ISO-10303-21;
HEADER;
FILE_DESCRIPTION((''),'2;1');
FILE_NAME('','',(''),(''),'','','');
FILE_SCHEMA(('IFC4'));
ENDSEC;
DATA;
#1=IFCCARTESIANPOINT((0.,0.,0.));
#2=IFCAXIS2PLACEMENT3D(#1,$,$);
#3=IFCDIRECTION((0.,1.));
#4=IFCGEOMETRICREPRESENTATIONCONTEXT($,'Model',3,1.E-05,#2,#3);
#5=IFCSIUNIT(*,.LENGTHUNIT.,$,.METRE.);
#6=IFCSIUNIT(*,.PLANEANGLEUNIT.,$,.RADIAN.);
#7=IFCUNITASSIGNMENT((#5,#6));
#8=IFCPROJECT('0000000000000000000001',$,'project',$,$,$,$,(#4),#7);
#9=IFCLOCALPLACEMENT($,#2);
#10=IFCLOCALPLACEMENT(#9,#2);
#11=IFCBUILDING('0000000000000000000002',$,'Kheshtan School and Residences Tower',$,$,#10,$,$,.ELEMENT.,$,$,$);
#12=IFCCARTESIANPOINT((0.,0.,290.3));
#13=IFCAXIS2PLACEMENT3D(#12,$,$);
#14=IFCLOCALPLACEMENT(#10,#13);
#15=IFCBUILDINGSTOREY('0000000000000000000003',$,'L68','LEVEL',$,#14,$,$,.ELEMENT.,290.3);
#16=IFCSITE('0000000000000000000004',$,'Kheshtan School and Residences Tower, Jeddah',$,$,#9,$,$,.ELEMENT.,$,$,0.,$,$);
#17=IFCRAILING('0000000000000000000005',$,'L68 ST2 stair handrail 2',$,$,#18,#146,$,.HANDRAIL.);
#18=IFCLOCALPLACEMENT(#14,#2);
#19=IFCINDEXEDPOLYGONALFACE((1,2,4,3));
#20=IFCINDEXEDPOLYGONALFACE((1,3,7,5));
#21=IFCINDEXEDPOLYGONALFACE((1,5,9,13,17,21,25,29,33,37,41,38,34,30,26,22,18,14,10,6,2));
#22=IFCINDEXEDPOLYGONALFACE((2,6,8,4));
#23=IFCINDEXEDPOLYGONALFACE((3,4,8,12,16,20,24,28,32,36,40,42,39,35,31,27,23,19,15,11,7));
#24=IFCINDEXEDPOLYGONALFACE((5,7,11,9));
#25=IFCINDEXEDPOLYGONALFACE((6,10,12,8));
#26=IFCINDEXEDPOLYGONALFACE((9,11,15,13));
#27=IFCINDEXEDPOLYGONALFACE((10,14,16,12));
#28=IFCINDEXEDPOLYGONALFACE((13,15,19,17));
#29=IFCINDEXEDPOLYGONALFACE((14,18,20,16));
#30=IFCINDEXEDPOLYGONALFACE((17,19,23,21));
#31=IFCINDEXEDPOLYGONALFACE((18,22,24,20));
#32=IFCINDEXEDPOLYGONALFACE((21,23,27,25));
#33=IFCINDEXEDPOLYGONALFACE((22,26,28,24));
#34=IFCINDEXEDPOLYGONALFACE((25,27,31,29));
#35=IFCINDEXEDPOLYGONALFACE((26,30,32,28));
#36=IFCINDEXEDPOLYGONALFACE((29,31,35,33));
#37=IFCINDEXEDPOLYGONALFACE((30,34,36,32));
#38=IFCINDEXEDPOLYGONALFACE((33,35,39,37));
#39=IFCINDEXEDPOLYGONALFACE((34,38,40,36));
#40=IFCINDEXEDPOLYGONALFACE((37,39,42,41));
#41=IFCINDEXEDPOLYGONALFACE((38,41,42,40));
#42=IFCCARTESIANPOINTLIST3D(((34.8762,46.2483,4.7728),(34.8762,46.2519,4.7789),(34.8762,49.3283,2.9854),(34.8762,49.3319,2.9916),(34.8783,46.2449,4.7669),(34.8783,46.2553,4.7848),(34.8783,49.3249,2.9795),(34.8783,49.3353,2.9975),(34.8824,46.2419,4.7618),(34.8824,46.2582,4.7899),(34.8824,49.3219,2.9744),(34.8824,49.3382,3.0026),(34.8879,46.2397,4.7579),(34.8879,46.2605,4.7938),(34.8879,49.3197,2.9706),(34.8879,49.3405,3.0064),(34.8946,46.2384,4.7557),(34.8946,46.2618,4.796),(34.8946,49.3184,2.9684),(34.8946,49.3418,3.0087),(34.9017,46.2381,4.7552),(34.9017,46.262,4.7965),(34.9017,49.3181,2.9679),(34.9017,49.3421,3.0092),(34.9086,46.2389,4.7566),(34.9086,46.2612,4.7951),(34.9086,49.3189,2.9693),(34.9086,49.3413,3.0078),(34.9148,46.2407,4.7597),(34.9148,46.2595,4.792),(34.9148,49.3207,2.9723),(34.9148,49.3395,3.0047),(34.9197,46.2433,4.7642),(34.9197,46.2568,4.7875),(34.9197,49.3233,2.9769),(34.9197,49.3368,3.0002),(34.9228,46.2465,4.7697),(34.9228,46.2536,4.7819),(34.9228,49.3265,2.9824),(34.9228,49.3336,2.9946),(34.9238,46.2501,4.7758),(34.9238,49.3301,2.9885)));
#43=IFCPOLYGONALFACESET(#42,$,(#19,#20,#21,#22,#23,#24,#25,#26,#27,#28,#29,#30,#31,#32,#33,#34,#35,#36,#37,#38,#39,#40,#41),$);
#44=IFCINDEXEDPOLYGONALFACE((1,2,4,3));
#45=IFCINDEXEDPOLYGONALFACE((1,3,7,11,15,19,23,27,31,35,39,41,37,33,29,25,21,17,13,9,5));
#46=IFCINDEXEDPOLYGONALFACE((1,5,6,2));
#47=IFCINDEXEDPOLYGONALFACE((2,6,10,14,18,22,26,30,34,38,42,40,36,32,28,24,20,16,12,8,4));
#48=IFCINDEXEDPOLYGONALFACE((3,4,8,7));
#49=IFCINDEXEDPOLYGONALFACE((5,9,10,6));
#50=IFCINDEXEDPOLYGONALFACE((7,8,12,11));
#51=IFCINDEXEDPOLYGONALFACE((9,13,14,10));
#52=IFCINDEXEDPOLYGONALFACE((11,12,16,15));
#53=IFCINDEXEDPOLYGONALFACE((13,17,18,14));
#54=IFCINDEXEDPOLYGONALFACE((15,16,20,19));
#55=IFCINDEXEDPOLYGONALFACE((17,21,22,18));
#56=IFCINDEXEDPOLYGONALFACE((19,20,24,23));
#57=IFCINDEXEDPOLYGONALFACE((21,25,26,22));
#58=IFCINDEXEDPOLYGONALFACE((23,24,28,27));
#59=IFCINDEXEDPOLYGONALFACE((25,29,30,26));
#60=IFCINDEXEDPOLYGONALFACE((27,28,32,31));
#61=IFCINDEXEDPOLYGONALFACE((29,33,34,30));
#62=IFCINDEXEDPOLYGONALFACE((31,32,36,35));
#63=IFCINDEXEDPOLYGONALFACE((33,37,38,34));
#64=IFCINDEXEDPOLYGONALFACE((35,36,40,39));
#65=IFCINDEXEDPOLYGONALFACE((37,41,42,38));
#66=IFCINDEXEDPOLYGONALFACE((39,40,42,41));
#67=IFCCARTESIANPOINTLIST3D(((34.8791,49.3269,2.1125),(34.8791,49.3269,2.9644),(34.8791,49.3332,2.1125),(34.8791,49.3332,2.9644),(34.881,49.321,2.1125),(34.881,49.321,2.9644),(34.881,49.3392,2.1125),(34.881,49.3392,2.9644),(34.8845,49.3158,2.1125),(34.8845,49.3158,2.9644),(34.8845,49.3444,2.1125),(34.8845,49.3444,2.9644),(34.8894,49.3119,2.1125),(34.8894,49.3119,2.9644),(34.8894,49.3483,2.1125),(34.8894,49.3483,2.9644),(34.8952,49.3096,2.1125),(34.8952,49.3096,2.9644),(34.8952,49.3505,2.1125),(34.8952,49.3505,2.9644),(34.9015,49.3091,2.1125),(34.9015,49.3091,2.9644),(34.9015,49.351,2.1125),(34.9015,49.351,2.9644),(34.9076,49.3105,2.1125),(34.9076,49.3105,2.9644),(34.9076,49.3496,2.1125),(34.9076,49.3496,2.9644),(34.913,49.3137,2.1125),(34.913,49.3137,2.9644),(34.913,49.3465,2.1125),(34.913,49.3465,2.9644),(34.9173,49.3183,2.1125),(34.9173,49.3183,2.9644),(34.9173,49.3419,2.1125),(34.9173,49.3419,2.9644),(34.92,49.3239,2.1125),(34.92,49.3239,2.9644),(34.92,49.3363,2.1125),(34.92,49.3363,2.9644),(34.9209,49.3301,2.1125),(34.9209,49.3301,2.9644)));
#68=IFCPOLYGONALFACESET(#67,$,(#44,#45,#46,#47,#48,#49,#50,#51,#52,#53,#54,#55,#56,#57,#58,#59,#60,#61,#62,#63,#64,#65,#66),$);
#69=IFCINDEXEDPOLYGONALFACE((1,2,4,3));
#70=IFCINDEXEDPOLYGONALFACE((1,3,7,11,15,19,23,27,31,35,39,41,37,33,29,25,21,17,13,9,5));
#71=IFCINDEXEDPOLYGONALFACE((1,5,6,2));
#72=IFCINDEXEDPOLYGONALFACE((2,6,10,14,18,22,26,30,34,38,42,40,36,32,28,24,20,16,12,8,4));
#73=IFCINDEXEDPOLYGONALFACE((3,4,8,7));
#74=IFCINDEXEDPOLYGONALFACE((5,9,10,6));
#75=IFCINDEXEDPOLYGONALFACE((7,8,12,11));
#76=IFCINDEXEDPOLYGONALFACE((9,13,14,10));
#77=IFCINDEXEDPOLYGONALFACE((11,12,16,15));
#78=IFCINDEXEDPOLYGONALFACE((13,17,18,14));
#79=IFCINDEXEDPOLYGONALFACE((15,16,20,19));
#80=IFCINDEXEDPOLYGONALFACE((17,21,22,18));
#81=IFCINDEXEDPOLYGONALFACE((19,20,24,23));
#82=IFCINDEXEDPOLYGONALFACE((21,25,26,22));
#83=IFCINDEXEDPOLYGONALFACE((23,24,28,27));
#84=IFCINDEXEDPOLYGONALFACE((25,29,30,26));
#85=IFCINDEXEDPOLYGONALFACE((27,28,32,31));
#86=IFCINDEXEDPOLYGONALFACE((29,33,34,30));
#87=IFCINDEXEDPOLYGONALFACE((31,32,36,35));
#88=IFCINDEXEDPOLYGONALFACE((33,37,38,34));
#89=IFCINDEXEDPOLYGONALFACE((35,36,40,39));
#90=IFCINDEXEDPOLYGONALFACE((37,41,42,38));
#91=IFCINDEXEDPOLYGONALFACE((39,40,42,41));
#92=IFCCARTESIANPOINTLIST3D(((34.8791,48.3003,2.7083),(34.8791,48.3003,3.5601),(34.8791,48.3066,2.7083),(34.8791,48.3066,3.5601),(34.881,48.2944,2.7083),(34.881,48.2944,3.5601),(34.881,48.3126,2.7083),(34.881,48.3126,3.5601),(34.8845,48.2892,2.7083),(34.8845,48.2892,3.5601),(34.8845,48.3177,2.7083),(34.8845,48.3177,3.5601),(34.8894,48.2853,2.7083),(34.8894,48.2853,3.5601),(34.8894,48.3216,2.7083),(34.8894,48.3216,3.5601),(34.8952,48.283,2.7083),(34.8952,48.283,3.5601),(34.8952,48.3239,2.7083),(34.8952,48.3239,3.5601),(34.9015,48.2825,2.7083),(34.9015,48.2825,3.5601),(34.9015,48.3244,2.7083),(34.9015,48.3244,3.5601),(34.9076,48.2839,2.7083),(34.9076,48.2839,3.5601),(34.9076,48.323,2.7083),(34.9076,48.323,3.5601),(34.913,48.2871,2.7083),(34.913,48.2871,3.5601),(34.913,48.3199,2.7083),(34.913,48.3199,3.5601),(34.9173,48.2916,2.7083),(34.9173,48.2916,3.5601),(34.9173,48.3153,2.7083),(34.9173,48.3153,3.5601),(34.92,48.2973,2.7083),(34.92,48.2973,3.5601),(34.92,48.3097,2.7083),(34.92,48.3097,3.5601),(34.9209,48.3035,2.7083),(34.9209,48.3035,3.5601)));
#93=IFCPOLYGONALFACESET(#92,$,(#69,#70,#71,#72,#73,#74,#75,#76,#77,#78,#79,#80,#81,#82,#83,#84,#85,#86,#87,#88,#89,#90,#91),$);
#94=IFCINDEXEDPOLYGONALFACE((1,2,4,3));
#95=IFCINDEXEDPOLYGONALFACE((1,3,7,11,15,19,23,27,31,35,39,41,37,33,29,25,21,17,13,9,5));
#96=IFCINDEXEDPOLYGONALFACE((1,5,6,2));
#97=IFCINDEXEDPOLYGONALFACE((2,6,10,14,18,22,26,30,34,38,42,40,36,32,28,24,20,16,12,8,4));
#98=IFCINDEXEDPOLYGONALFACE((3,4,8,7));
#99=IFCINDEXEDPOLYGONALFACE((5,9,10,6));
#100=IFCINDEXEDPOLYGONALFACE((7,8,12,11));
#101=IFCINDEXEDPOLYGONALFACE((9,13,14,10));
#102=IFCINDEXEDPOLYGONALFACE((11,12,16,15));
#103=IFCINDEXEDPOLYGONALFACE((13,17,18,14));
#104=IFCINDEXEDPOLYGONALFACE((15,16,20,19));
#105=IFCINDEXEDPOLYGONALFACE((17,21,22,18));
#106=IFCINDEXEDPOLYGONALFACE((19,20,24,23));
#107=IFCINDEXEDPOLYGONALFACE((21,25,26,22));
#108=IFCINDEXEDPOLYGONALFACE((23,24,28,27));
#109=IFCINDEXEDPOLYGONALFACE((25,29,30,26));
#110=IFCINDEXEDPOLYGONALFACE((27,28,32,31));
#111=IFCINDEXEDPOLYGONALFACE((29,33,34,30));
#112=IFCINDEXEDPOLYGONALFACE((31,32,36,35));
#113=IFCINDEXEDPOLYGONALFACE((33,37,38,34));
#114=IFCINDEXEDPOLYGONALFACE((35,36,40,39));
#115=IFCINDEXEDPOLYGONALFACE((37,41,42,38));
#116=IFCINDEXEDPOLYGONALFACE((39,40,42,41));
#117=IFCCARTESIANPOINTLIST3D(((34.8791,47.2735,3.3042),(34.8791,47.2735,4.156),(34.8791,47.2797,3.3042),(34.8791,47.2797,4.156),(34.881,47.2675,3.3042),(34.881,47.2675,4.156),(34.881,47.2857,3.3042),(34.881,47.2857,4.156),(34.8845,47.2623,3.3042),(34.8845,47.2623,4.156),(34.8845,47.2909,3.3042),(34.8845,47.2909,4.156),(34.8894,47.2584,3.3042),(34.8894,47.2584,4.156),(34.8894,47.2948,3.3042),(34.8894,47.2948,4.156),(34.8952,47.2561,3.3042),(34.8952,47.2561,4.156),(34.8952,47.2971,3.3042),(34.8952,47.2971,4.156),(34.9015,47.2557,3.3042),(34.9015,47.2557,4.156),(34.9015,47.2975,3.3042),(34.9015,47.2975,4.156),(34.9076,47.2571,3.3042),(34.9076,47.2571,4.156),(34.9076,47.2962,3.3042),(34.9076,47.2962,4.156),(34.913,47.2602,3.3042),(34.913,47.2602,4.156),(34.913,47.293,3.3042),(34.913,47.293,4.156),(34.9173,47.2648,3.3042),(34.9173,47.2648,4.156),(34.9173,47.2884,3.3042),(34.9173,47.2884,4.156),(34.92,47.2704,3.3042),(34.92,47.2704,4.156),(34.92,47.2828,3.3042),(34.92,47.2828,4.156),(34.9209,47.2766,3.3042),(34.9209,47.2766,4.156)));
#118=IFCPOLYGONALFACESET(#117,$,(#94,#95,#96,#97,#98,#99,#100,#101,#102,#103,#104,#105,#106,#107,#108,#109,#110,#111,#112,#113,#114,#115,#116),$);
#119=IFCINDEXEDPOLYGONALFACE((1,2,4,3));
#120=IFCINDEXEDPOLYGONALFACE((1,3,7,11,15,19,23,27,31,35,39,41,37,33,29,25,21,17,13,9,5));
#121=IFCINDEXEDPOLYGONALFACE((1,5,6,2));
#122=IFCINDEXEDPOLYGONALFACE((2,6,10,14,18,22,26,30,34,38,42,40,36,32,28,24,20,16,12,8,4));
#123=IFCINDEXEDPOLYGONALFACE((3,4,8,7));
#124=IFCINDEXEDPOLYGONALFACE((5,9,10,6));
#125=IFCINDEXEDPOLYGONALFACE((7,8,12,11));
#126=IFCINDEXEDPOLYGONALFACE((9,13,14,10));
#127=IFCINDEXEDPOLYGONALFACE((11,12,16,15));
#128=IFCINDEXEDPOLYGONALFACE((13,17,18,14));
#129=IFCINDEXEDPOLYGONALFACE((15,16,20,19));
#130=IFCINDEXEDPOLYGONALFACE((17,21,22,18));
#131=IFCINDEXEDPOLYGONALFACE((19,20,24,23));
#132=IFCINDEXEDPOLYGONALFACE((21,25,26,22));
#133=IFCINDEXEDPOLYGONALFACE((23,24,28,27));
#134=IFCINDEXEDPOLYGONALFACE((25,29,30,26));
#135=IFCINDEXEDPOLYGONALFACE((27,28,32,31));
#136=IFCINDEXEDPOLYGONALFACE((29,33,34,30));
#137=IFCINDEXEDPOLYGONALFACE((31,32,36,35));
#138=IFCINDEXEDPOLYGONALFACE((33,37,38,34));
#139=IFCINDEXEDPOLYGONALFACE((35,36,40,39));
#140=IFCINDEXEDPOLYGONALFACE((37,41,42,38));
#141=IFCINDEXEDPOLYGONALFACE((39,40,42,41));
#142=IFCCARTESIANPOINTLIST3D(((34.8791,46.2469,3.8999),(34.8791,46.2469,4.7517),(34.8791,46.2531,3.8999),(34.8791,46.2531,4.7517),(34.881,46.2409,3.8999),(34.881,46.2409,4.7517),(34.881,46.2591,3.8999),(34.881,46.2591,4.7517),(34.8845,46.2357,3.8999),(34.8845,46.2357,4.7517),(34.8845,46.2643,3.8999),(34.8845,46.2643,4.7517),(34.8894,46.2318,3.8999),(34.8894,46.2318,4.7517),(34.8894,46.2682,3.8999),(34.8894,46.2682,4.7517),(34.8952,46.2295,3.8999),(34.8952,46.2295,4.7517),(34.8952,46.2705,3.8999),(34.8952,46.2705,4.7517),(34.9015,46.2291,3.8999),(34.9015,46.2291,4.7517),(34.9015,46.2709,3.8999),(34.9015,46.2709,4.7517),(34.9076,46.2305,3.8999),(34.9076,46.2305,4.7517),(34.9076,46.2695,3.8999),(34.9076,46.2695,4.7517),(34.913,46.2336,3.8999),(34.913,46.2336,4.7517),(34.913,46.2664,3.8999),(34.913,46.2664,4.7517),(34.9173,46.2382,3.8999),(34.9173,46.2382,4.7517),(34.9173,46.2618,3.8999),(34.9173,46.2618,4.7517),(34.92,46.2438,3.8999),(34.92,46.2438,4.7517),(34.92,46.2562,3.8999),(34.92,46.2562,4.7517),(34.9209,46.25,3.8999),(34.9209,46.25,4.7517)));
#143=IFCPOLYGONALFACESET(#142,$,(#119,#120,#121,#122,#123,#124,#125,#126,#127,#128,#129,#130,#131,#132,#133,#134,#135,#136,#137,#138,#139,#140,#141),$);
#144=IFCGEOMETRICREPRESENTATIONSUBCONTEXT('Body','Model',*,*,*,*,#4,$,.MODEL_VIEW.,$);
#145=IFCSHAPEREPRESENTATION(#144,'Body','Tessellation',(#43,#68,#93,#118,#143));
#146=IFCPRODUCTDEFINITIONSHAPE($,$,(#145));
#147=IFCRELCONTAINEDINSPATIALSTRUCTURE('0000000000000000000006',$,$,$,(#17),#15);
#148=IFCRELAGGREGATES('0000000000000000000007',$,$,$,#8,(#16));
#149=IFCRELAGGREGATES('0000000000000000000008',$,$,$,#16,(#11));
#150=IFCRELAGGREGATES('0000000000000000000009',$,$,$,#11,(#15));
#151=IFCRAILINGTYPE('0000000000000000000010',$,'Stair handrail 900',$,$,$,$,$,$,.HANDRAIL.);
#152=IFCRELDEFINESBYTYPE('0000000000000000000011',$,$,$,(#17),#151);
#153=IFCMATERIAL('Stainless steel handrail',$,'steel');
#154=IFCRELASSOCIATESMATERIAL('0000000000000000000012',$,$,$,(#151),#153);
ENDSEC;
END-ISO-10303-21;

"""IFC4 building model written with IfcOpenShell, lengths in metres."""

from ifc_helpers import new_model, si_unit, direction, frame, origin, origin_2d, place, context, subcontext, project, spatial, circle, extrude, material, type_object, element, save


model = new_model("IFC4")

# Units and contexts
model_context = context("Model", 3, precision=1e-05, world=origin(), true_north=direction((0.0, 1.0)))
body_context = subcontext(model_context, "Body", "Model", "MODEL_VIEW")
ifc_project = project(units=[si_unit("LENGTHUNIT", "METRE"), si_unit("PLANEANGLEUNIT", "RADIAN")], contexts=[model_context])

# Site, building, storey
site_placement = place(None, origin())
site = spatial("IfcSite", under=ifc_project, at=site_placement, Name="Kheshtan School and Residences Tower, Jeddah", CompositionType="ELEMENT", RefElevation=0.0)
building_placement = place(site_placement, origin())
building = spatial("IfcBuilding", under=site, at=building_placement, Name="Kheshtan School and Residences Tower", CompositionType="ELEMENT")
storey_placement = place(building_placement, frame((0.0, 0.0, 290.3)))
storey = spatial("IfcBuildingStorey", under=building, at=storey_placement, Name="L68", Description="LEVEL", CompositionType="ELEMENT", Elevation=290.3)

# Railing
ifc_material_1 = material(Name="Stainless steel handrail", Category="steel")
railing_type_1 = type_object("IfcRailingType", Name="Stair handrail 900", PredefinedType="HANDRAIL", material=ifc_material_1)
railing_1_placement = place(storey_placement, frame((34.8999, 49.3301, 2.1125)))
element("IfcRailing", 1, at=railing_1_placement, inside=storey, type_object=railing_type_1, Name="L68 ST2 stair handrail 2", PredefinedType="HANDRAIL", context=body_context, shape_type="SweptSolid", body=[
    extrude(circle(Radius=0.0239, at=origin_2d()), frame((0.0, 0.0, 0.876), z_axis=(0.0, -0.86492, 0.501909), x_axis=(1.0, 0.0, 0.0)), (0.0, 0.0, 1.0), 3.561),
    extrude(circle(Radius=0.021, at=origin_2d()), origin(), (0.0, 0.0, 1.0), 0.8518),
    extrude(circle(Radius=0.021, at=origin_2d()), frame((0.0, -1.0266, 0.5957)), (0.0, 0.0, 1.0), 0.8518),
    extrude(circle(Radius=0.021, at=origin_2d()), frame((0.0, -2.0535, 1.1917)), (0.0, 0.0, 1.0), 0.8518),
    extrude(circle(Radius=0.021, at=origin_2d()), frame((0.0, -3.0801, 1.7874)), (0.0, 0.0, 1.0), 0.8518),
])

save(model, "model.ifc")
